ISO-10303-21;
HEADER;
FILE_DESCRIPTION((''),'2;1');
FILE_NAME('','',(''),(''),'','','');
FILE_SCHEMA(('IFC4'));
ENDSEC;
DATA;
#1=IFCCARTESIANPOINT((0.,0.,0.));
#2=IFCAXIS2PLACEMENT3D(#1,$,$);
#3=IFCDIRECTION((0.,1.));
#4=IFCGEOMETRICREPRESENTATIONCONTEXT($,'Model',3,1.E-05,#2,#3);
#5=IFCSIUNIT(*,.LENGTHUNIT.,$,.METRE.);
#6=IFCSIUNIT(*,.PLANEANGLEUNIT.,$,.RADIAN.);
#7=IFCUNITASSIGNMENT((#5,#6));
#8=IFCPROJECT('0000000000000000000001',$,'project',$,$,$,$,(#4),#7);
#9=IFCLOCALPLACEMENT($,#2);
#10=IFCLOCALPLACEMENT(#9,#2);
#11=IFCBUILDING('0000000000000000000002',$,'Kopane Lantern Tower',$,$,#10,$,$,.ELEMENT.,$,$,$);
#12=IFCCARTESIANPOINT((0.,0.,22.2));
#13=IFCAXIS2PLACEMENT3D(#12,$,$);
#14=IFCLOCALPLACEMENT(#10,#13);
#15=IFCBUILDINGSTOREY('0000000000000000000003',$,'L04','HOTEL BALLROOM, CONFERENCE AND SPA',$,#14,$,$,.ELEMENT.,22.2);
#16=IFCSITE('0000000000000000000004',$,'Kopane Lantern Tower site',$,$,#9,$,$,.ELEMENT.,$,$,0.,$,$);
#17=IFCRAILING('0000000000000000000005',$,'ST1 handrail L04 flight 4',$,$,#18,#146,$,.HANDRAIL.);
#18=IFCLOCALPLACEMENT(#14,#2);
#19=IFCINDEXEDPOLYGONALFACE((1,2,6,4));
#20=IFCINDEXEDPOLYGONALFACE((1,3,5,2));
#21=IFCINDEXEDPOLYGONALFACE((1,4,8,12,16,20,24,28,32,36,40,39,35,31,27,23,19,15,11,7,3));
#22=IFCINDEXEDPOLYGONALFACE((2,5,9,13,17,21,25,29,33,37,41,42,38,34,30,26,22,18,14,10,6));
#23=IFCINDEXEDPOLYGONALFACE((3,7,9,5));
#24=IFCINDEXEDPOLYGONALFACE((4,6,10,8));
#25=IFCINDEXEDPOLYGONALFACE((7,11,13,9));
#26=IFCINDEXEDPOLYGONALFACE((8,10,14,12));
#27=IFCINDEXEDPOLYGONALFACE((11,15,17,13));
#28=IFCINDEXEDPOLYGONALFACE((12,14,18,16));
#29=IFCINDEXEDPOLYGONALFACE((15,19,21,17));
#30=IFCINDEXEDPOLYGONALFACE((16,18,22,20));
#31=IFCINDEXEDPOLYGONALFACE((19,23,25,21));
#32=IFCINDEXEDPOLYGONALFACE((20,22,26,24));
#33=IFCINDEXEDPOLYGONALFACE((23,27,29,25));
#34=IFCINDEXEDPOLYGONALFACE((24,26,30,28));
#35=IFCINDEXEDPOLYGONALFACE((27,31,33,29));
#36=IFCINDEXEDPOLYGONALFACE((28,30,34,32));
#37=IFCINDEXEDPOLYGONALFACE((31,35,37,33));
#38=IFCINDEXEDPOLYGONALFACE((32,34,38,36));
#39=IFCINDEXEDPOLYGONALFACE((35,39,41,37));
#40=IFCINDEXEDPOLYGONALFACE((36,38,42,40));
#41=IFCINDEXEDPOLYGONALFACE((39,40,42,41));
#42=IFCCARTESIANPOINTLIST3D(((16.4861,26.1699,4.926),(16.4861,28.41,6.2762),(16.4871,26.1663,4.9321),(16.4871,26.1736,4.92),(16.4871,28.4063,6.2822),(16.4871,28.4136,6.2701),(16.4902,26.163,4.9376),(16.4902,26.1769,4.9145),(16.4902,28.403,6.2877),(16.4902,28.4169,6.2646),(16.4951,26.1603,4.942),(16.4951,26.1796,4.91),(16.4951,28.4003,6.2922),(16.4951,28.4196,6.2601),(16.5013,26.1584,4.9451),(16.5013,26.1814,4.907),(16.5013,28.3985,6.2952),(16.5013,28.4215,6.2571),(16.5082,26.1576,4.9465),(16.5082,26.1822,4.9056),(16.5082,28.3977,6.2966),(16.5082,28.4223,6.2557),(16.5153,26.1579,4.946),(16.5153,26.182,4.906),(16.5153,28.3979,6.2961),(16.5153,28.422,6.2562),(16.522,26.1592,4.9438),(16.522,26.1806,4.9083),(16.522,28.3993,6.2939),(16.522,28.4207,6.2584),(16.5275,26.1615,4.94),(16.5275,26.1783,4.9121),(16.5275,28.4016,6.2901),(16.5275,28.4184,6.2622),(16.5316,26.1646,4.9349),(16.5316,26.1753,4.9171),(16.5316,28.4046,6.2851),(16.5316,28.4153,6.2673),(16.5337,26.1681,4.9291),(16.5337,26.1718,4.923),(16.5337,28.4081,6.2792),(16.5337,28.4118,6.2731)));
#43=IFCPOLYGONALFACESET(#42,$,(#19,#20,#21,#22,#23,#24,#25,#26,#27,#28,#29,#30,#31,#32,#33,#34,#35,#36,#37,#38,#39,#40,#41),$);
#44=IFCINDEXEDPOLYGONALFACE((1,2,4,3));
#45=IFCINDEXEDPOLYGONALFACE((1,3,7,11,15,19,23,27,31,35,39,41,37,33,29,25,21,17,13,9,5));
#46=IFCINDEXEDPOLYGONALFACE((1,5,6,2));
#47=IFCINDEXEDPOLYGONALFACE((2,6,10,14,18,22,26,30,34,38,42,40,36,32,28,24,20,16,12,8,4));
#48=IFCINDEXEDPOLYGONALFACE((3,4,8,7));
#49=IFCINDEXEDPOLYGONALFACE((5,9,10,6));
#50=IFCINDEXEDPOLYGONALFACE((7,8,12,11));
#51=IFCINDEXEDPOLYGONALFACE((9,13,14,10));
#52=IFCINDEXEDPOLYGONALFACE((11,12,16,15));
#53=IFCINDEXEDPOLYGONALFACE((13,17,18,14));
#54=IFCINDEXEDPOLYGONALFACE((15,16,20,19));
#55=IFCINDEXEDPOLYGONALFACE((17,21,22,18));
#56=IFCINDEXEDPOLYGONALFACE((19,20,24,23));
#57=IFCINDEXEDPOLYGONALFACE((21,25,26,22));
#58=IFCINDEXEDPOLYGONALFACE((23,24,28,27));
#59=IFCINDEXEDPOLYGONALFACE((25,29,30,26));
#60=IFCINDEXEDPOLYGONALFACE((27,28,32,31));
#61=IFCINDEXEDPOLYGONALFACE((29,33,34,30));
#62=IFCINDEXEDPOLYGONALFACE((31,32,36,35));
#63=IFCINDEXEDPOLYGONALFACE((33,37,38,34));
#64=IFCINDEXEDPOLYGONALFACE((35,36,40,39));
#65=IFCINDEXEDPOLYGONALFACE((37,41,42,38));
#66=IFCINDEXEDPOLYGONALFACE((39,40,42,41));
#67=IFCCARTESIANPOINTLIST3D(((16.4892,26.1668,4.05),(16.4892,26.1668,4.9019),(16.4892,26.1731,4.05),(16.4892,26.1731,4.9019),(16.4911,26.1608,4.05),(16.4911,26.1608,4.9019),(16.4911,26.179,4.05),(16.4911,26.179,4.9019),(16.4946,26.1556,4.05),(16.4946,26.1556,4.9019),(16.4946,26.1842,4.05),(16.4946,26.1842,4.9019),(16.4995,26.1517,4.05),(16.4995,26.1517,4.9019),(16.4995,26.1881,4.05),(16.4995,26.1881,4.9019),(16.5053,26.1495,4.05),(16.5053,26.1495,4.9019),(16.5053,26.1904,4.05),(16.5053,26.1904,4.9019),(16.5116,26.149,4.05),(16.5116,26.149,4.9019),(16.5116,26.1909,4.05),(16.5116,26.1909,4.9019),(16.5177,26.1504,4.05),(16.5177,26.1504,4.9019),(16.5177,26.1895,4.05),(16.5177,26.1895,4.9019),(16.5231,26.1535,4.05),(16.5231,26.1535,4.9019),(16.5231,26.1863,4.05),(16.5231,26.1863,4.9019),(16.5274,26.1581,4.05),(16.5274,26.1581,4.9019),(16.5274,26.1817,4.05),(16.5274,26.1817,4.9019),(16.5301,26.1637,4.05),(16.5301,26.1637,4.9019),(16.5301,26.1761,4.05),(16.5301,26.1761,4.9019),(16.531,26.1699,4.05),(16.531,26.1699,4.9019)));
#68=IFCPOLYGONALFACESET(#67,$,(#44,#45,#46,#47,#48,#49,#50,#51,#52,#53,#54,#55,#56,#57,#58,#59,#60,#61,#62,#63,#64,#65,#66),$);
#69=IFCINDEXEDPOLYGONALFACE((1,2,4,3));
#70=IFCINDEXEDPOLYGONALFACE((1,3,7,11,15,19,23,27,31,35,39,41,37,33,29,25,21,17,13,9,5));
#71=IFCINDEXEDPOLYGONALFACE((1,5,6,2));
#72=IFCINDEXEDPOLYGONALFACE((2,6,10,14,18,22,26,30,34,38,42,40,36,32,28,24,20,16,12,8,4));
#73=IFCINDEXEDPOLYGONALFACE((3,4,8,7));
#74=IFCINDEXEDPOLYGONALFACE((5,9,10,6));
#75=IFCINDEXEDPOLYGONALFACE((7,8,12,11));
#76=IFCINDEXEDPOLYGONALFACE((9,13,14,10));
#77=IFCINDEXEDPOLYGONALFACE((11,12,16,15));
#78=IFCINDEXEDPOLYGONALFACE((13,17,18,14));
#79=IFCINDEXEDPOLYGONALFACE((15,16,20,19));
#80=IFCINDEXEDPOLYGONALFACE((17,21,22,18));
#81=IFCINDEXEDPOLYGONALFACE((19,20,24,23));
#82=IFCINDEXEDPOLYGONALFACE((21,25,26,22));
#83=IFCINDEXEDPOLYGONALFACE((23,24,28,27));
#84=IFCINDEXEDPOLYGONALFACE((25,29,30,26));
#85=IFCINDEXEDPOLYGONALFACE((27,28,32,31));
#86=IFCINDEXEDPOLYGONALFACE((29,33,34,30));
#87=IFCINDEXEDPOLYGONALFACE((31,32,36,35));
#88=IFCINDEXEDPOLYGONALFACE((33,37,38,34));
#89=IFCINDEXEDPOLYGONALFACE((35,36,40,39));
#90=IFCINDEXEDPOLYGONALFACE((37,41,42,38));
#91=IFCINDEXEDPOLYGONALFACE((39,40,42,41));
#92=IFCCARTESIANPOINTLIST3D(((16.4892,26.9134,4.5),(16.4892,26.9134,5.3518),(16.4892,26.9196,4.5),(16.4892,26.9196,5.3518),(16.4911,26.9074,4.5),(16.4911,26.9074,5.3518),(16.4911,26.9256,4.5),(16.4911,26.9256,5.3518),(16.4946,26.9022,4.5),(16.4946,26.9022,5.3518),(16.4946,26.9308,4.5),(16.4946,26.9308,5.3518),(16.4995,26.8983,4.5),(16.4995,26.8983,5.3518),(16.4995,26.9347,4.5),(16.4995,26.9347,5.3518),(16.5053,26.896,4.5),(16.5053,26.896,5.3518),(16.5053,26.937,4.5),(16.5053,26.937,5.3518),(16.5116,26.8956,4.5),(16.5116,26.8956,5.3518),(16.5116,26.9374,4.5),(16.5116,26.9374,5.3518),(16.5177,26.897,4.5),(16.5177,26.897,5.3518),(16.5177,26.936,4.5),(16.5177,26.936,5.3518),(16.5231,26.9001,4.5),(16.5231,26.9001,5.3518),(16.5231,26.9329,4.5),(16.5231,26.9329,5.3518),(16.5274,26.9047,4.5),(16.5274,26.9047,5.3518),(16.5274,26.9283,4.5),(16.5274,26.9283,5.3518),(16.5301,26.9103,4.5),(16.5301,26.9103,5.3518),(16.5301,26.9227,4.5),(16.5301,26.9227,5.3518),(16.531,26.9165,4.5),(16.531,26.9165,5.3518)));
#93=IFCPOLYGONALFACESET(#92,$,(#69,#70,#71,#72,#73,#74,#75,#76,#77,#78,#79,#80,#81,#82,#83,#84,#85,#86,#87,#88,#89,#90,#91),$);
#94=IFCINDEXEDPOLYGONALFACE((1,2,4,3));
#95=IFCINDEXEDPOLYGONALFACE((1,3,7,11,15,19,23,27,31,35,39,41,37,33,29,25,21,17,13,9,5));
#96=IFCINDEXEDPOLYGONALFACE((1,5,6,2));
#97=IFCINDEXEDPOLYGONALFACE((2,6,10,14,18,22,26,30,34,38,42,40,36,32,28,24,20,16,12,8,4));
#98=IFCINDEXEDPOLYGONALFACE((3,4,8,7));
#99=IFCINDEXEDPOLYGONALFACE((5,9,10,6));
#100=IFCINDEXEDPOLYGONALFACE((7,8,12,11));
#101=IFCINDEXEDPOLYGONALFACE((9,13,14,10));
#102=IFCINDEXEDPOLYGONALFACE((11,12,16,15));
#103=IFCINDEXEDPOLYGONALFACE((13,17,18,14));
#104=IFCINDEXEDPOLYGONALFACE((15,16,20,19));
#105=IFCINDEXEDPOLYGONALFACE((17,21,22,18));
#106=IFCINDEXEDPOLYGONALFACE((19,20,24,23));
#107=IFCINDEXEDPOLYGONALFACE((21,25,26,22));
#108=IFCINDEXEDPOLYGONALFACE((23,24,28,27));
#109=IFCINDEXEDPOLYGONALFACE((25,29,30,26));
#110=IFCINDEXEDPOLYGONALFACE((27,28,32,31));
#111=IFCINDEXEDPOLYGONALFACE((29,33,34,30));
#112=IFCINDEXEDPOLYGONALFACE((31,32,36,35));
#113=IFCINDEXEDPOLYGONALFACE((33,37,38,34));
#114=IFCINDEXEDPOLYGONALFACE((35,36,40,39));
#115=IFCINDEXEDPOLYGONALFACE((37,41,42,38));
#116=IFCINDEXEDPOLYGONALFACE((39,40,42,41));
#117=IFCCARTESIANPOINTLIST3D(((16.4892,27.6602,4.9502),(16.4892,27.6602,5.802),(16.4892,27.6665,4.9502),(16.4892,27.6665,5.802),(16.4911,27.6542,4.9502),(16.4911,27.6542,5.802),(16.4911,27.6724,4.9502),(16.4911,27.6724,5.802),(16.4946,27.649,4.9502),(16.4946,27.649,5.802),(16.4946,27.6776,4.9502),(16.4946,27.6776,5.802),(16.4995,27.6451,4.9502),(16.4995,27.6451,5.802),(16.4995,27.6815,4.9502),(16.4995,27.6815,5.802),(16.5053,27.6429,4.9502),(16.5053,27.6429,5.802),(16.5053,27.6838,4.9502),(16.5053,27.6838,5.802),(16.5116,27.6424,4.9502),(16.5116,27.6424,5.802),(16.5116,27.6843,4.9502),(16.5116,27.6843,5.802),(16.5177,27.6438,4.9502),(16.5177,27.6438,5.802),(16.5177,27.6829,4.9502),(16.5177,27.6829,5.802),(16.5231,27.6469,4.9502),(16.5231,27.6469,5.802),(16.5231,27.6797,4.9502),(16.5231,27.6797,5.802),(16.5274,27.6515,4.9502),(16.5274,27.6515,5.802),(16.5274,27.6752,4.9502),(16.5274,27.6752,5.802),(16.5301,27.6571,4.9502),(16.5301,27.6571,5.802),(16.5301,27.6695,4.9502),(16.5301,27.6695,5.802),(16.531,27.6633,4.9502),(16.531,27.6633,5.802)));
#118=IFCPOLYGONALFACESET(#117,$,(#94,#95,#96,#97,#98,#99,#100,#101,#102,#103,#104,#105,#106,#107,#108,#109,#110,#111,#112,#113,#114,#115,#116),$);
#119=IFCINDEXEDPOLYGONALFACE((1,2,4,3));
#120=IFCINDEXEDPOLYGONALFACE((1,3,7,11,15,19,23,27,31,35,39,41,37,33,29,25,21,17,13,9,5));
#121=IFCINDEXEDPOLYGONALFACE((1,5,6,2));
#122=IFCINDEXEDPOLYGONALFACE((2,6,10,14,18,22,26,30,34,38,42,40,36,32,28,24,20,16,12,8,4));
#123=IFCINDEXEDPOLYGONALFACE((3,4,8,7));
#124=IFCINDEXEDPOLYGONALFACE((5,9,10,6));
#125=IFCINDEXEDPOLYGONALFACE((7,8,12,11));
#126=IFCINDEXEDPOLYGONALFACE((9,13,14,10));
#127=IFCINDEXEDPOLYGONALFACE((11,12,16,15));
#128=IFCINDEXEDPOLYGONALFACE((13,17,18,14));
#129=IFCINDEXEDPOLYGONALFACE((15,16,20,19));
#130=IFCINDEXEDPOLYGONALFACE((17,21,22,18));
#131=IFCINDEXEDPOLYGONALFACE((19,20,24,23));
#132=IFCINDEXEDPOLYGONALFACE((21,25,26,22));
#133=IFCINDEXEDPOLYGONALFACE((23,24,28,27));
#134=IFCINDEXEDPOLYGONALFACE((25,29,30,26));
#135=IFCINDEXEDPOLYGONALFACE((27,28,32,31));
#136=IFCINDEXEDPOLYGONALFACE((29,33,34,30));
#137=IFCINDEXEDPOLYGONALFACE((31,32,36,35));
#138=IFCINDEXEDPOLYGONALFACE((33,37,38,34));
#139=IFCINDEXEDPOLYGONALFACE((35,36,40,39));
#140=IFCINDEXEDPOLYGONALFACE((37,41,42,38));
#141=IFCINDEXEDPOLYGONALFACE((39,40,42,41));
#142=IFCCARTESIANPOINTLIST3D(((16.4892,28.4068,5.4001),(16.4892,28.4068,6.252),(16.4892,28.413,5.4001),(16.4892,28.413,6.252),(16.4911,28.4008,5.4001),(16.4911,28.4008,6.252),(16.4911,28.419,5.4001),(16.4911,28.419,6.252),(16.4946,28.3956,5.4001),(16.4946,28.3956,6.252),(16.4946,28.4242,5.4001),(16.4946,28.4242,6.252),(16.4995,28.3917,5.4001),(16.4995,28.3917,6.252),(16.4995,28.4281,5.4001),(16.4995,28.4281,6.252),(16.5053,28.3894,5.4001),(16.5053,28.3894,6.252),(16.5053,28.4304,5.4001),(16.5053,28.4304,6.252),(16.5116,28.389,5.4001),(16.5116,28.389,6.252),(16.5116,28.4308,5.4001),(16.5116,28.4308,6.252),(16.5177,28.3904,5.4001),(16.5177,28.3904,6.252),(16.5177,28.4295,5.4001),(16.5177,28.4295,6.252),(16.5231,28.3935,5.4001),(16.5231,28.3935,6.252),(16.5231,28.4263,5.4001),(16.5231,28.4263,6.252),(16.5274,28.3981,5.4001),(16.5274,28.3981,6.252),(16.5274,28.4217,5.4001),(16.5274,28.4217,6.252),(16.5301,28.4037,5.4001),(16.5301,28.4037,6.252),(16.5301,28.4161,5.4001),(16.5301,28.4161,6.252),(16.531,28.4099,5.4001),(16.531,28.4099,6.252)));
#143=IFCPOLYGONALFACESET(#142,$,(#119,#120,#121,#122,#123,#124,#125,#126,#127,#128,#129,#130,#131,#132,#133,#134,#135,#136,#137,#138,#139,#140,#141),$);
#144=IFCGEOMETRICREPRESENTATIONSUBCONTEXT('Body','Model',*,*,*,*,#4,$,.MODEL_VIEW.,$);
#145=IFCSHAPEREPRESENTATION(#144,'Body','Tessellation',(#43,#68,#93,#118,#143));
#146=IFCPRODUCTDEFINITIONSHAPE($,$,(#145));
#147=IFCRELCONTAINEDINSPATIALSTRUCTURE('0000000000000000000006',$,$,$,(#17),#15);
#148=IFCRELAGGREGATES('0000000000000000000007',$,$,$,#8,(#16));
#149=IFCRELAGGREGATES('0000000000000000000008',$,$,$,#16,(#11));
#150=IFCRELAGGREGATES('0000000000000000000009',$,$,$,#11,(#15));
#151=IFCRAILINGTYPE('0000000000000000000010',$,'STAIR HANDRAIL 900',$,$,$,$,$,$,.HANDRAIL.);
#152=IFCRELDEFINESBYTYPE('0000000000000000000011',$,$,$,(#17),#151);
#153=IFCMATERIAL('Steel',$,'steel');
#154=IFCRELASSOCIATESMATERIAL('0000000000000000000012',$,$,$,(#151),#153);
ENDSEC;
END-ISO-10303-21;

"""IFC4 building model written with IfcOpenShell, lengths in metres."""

from ifc_helpers import new_model, si_unit, direction, frame, origin, origin_2d, place, context, subcontext, project, spatial, circle, extrude, material, type_object, element, save


model = new_model("IFC4")

# Units and contexts
model_context = context("Model", 3, precision=1e-05, world=origin(), true_north=direction((0.0, 1.0)))
body_context = subcontext(model_context, "Body", "Model", "MODEL_VIEW")
ifc_project = project(units=[si_unit("LENGTHUNIT", "METRE"), si_unit("PLANEANGLEUNIT", "RADIAN")], contexts=[model_context])

# Site, building, storey
site_placement = place(None, origin())
site = spatial("IfcSite", under=ifc_project, at=site_placement, Name="Kopane Lantern Tower site", CompositionType="ELEMENT", RefElevation=0.0)
building_placement = place(site_placement, origin())
building = spatial("IfcBuilding", under=site, at=building_placement, Name="Kopane Lantern Tower", CompositionType="ELEMENT")
storey_placement = place(building_placement, frame((0.0, 0.0, 22.2)))
storey = spatial("IfcBuildingStorey", under=building, at=storey_placement, Name="L04", Description="HOTEL BALLROOM, CONFERENCE AND SPA", CompositionType="ELEMENT", Elevation=22.2)

# Railing
ifc_material_1 = material(Name="Steel", Category="steel")
railing_type_1 = type_object("IfcRailingType", Name="STAIR HANDRAIL 900", PredefinedType="HANDRAIL", material=ifc_material_1)
for number, where, name in (
    (1, (16.51, 26.1699, 4.05), "ST1 handrail L04 flight 4"),
):
    element("IfcRailing", number, at=place(storey_placement, frame(where)), inside=storey, type_object=railing_type_1, Name=name, PredefinedType="HANDRAIL", context=body_context, shape_type="SweptSolid", body=[
        extrude(circle(Radius=0.0239, at=origin_2d()), frame((0.0, 0.0, 0.876), z_axis=(0.0, 0.856462, 0.516211), x_axis=(-1.0, 0.0, 0.0)), (0.0, 0.0, 1.0), 2.6155),
        extrude(circle(Radius=0.021, at=origin_2d()), origin(), (0.0, 0.0, 1.0), 0.8518),
        extrude(circle(Radius=0.021, at=origin_2d()), frame((0.0, 0.7466, 0.45)), (0.0, 0.0, 1.0), 0.8518),
        extrude(circle(Radius=0.021, at=origin_2d()), frame((0.0, 1.4934, 0.9001)), (0.0, 0.0, 1.0), 0.8518),
        extrude(circle(Radius=0.021, at=origin_2d()), frame((0.0, 2.24, 1.3501)), (0.0, 0.0, 1.0), 0.8518),
    ])

save(model, "model.ifc")
